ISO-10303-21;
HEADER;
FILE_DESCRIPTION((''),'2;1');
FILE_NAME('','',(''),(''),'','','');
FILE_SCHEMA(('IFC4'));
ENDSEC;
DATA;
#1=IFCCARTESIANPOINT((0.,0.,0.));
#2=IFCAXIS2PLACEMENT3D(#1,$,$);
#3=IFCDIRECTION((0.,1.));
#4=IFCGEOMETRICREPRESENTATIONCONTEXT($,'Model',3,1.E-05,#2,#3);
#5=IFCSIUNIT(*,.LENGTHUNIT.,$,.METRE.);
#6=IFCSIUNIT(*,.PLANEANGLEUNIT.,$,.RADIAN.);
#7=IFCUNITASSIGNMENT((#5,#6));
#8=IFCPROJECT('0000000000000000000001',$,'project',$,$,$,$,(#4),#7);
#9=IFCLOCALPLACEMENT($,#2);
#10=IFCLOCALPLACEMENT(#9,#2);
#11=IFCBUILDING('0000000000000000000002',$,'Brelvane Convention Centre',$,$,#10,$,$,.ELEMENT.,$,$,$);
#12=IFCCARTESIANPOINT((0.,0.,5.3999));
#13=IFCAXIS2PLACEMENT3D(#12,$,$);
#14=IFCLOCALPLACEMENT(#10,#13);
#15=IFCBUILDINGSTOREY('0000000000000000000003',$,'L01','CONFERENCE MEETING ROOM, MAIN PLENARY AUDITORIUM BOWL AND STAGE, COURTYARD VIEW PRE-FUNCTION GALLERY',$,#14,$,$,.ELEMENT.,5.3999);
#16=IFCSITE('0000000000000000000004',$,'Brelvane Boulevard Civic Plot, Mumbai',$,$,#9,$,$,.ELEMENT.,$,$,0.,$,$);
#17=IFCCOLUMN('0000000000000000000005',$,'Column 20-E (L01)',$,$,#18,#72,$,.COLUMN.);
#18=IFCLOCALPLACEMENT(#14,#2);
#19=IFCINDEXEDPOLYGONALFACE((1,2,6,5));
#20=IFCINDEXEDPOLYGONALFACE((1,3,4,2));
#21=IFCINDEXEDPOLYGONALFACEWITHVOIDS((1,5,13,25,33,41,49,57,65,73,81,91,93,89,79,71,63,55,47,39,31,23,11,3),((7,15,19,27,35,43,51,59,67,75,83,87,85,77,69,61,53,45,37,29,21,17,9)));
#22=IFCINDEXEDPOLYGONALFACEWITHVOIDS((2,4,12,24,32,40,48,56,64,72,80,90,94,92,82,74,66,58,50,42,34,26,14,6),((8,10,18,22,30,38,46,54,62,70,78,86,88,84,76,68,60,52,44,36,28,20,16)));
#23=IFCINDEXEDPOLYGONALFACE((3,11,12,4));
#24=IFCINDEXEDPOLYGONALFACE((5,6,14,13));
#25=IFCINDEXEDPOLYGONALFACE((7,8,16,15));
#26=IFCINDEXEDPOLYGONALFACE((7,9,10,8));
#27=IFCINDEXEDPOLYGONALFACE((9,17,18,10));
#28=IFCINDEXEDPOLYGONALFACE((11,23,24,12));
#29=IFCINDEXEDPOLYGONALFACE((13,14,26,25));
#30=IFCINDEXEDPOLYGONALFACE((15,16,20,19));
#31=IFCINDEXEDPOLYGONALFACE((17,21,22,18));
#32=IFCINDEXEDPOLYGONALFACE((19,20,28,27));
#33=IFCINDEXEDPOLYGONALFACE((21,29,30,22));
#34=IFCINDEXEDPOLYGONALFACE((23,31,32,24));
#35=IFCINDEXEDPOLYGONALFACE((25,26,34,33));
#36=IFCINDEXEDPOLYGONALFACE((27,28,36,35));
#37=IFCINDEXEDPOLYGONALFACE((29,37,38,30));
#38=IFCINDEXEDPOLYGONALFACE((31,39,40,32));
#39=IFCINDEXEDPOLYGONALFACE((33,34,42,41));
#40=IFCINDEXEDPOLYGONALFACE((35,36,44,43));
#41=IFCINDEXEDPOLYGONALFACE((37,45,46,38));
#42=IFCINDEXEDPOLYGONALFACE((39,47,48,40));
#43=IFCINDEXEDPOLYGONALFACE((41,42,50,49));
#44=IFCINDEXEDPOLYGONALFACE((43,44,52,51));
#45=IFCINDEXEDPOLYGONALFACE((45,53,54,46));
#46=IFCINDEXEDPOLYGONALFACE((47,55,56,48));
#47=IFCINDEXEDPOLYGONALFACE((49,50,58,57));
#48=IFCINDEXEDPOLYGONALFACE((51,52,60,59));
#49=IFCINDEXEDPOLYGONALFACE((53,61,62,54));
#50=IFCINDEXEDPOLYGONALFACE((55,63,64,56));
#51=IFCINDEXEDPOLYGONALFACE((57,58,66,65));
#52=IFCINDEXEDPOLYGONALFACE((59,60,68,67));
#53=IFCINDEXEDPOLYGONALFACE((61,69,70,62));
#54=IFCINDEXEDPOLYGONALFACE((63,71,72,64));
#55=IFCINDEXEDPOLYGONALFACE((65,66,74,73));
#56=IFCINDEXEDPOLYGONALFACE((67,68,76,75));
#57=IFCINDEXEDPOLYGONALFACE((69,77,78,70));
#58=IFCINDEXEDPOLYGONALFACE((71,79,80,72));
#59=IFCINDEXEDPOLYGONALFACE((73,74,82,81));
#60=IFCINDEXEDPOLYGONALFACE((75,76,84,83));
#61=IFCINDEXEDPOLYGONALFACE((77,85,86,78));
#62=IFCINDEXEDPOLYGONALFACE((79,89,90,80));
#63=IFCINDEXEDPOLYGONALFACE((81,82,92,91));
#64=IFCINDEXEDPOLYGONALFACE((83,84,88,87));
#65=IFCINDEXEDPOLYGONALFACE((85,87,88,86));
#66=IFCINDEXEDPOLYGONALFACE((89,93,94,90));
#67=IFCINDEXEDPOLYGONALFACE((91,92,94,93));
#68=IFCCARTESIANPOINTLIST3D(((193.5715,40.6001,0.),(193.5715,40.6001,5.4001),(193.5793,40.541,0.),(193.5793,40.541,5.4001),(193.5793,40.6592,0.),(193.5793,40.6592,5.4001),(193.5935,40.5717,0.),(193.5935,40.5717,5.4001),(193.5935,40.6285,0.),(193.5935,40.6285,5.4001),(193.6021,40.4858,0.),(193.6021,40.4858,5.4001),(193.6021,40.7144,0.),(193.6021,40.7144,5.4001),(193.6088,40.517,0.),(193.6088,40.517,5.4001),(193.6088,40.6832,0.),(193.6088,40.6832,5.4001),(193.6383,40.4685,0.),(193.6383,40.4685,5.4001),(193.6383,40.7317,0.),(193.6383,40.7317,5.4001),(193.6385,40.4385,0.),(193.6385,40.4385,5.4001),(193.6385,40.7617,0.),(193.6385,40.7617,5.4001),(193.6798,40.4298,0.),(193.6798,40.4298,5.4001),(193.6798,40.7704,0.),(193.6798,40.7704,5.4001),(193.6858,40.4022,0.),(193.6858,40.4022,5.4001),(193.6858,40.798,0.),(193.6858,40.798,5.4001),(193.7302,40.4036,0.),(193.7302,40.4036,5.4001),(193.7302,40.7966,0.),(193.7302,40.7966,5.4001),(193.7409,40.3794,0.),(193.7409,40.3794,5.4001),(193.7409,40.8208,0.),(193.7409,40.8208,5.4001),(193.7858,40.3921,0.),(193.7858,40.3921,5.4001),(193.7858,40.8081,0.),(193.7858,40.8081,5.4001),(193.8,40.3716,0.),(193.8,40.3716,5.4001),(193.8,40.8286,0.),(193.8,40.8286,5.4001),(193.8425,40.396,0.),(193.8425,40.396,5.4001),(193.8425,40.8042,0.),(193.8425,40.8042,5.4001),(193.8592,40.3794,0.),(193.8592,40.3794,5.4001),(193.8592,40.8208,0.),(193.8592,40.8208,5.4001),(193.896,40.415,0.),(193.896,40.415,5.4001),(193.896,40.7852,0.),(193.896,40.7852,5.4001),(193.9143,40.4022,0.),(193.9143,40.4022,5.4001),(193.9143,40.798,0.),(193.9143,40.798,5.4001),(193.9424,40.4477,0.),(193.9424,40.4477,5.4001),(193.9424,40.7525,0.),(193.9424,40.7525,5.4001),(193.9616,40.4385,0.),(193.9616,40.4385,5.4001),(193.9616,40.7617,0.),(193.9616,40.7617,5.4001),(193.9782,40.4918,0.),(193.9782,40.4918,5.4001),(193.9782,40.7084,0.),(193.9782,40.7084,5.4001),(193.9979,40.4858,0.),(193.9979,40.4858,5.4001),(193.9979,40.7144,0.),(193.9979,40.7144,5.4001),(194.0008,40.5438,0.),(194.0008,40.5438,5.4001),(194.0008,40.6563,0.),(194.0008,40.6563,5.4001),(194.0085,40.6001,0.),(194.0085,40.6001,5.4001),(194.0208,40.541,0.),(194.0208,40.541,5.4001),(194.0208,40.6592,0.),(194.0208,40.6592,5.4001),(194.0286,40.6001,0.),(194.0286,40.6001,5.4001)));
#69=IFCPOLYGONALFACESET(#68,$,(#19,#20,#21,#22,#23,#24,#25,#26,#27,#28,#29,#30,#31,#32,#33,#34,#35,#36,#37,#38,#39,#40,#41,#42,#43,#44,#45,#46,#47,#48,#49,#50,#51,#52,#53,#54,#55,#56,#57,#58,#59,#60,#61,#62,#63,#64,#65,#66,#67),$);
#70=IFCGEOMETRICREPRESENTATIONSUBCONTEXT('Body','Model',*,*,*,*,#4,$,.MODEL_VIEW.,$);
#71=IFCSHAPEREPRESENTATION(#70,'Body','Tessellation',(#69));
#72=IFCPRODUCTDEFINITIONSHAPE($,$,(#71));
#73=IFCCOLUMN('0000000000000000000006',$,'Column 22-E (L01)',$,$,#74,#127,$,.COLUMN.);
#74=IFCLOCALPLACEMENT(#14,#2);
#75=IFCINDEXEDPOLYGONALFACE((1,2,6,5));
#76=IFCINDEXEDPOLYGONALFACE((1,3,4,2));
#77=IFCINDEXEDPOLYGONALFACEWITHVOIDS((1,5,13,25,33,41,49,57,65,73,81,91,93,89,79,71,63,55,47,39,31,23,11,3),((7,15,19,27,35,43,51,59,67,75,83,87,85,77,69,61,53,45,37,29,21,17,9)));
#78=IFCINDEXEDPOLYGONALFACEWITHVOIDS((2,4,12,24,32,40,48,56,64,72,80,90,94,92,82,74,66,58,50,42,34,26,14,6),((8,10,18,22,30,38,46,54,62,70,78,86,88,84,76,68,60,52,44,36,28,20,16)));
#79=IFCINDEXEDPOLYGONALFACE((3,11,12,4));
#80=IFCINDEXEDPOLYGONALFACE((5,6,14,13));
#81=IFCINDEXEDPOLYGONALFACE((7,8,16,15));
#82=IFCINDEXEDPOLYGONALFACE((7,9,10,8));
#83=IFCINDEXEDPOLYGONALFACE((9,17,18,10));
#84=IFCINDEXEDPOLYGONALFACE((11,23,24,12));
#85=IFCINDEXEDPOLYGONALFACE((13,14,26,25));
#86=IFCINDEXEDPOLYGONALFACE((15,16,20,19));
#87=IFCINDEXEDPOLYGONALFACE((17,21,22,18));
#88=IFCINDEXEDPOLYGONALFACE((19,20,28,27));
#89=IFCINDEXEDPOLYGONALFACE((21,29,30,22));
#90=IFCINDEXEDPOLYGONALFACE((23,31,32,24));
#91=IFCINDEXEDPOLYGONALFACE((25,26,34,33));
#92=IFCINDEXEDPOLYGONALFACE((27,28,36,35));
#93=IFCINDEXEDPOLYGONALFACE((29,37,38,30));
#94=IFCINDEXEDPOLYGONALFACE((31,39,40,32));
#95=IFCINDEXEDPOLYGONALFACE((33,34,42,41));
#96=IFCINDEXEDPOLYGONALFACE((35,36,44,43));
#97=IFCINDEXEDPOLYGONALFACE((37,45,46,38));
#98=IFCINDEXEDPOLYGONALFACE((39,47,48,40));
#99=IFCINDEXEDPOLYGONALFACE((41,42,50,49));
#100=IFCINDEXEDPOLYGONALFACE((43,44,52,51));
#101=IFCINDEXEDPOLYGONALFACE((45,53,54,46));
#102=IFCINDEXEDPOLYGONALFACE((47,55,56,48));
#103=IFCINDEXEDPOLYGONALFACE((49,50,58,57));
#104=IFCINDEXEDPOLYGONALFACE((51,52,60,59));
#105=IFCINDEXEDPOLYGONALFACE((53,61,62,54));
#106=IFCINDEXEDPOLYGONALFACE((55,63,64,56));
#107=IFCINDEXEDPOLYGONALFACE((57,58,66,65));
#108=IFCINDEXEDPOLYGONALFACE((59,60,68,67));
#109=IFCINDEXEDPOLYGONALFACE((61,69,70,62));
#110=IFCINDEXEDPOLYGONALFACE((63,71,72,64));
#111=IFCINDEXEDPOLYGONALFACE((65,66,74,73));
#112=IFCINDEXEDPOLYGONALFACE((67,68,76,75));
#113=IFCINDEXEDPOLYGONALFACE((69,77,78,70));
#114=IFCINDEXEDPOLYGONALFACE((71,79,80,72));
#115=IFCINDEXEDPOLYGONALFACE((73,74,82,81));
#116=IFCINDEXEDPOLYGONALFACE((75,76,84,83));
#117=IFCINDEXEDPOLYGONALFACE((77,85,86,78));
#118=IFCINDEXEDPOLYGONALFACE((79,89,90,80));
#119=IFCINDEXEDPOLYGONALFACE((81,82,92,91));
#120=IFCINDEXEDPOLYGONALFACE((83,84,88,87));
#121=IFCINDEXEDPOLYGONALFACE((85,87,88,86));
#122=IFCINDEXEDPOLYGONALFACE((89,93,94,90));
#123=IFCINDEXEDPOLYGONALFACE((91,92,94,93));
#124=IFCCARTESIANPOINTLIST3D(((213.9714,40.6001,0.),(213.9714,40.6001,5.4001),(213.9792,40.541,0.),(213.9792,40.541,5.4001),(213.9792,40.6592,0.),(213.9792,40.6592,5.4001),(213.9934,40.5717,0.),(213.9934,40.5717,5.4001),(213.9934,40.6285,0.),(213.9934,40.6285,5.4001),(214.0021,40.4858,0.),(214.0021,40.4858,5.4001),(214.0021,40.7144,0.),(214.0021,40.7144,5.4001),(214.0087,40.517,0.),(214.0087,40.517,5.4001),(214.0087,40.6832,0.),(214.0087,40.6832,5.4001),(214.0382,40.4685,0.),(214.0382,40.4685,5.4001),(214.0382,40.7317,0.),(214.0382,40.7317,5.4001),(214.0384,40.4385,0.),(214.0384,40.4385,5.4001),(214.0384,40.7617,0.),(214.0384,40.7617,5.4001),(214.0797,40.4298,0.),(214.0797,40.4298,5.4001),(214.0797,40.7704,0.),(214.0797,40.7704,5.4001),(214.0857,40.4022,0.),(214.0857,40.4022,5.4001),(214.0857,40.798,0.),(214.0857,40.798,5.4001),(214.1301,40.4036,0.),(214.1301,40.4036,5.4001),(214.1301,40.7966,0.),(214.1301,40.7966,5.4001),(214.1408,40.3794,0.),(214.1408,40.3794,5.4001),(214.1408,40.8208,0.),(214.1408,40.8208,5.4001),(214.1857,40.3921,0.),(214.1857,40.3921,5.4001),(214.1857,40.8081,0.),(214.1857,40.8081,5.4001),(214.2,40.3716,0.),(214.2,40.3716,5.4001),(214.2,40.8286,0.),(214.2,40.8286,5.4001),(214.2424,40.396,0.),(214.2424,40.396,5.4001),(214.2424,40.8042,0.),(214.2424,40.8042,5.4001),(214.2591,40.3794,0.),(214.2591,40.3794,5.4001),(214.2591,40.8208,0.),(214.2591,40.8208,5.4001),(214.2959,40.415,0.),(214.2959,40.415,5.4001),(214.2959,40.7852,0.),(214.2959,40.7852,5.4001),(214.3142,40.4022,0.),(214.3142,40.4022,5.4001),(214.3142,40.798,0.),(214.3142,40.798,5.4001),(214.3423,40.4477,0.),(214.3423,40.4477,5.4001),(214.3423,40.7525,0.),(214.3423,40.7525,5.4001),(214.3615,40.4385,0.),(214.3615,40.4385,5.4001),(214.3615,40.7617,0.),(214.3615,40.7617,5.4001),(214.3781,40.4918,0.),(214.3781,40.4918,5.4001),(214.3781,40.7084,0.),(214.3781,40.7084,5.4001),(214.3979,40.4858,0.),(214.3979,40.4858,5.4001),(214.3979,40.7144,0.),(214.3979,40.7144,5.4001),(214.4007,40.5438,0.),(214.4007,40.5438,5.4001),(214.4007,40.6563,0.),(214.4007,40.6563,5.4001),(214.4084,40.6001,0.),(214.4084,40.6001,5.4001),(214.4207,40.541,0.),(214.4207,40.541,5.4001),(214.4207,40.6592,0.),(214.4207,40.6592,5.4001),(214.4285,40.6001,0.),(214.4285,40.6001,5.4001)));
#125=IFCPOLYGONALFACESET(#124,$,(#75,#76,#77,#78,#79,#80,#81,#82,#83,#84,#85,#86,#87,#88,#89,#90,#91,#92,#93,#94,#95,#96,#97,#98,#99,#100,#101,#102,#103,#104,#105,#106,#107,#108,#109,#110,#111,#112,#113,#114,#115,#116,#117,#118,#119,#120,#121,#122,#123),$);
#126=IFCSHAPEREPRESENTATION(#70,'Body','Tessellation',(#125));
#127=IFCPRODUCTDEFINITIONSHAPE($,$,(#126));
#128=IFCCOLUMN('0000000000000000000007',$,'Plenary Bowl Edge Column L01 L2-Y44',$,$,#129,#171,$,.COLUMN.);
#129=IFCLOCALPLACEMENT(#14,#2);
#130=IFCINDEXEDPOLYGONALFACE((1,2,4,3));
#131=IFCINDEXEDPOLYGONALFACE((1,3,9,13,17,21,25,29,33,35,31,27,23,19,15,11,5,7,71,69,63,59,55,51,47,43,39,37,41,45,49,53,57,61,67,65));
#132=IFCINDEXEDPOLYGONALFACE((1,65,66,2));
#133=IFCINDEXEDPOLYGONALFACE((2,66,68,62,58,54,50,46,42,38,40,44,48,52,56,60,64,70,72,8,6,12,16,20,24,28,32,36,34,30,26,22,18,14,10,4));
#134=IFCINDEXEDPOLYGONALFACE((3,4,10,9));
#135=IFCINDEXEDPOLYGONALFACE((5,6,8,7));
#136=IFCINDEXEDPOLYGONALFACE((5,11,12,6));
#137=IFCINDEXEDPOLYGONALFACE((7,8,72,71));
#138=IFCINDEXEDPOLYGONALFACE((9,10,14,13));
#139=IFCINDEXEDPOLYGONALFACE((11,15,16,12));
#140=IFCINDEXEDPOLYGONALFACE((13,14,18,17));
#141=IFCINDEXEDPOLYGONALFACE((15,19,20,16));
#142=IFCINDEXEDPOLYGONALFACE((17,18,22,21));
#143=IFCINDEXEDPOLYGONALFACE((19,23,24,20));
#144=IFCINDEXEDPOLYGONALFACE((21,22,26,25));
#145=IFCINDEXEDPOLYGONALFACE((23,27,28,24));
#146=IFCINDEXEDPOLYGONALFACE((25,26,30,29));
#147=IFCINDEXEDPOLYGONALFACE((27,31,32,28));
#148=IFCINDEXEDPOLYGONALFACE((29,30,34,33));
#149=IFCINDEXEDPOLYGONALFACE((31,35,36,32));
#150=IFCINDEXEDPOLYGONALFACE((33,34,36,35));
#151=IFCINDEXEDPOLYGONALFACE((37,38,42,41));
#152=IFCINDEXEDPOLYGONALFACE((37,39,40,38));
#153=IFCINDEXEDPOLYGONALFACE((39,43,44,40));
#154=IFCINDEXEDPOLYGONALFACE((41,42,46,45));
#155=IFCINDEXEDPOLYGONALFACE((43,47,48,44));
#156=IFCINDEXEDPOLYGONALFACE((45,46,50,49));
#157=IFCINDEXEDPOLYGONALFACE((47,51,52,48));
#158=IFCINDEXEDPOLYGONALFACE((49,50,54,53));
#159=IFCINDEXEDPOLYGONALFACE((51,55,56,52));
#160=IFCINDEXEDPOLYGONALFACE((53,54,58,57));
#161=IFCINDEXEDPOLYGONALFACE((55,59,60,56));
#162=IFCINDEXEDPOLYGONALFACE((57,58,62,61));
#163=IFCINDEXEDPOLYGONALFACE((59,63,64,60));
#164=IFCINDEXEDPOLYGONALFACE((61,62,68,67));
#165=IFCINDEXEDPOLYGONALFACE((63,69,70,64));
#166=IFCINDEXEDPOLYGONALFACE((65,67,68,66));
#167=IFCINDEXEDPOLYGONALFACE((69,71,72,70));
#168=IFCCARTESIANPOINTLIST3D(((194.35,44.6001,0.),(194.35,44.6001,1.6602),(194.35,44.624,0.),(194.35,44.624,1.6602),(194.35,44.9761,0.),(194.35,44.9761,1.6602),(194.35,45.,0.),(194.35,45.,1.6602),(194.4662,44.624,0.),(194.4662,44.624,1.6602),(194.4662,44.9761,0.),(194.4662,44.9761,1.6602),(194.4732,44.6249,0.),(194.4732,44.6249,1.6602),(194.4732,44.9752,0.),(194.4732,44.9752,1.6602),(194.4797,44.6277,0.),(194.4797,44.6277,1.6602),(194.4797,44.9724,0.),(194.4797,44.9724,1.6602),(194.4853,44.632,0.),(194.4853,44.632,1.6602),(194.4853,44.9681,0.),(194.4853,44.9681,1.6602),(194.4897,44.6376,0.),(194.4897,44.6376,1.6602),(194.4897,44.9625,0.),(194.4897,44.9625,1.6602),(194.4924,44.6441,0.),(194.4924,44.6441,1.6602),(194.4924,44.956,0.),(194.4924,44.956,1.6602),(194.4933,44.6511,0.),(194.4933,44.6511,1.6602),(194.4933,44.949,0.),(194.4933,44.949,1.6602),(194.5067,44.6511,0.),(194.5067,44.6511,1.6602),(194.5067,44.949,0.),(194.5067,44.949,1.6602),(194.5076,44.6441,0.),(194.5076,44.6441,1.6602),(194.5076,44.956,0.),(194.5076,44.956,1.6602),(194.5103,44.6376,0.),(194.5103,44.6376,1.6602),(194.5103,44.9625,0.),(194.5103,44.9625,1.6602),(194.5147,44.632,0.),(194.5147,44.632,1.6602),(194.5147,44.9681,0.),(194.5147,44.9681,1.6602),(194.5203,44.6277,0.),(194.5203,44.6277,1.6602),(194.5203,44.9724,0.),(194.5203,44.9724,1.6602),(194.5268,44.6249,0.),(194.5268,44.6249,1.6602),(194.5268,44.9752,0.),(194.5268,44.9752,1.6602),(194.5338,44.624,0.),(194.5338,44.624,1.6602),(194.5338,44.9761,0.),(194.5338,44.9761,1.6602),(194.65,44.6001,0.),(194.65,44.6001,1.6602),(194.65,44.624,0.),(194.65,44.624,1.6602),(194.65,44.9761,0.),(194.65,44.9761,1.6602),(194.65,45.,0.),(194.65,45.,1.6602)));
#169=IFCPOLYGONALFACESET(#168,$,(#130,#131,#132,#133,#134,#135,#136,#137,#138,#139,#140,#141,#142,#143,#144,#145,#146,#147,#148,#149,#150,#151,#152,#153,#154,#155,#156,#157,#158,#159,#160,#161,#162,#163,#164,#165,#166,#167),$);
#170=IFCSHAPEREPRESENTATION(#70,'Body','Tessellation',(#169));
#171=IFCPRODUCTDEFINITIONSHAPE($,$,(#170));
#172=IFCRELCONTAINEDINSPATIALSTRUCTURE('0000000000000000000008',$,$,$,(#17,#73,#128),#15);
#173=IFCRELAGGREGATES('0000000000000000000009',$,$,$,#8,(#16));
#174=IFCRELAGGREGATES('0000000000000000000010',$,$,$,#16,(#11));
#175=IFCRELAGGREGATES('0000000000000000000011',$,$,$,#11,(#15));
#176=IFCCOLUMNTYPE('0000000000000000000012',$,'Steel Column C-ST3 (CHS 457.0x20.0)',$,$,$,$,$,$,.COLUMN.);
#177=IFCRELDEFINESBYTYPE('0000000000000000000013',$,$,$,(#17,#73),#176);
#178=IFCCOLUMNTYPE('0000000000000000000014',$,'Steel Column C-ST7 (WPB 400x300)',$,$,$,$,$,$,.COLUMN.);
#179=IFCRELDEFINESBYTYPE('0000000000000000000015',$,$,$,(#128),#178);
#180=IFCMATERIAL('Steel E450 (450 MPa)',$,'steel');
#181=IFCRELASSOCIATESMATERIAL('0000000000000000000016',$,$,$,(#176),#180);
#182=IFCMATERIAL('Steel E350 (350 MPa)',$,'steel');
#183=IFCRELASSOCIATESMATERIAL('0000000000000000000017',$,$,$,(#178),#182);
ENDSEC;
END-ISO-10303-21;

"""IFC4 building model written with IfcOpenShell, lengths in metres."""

from ifc_helpers import new_model, si_unit, direction, frame, origin, origin_2d, place, context, subcontext, project, spatial, hollow_circle, i_section, extrude, material, material_profile, profile_set, type_object, element, save


model = new_model("IFC4")

# Units and contexts
model_context = context("Model", 3, precision=1e-05, world=origin(), true_north=direction((0.0, 1.0)))
body_context = subcontext(model_context, "Body", "Model", "MODEL_VIEW")
ifc_project = project(units=[si_unit("LENGTHUNIT", "METRE"), si_unit("PLANEANGLEUNIT", "RADIAN")], contexts=[model_context])

# Site, building, storey
site_placement = place(None, origin())
site = spatial("IfcSite", under=ifc_project, at=site_placement, Name="Brelvane Boulevard Civic Plot, Mumbai", CompositionType="ELEMENT", RefElevation=0.0)
building_placement = place(site_placement, origin())
building = spatial("IfcBuilding", under=site, at=building_placement, Name="Brelvane Convention Centre", CompositionType="ELEMENT")
storey_placement = place(building_placement, frame((0.0, 0.0, 5.3999)))
storey = spatial("IfcBuildingStorey", under=building, at=storey_placement, Name="L01", Description="CONFERENCE MEETING ROOM, MAIN PLENARY AUDITORIUM BOWL AND STAGE, COURTYARD VIEW PRE-FUNCTION GALLERY", CompositionType="ELEMENT", Elevation=5.3999)

# Columns
ifc_material_1 = material(Name="Steel E450 (450 MPa)", Category="steel")
ifc_material_profile_1 = material_profile(ifc_material_1, hollow_circle(Radius=0.2285, WallThickness=0.02, at=origin_2d()), Name="CHS 457.0x20.0")
ifc_profile_set_1 = profile_set([ifc_material_profile_1], Name="Steel E450 (450 MPa)")
column_type_1 = type_object("IfcColumnType", Name="Steel Column C-ST3 (CHS 457.0x20.0)", PredefinedType="COLUMN", material=ifc_profile_set_1)
for number, where, z_axis, x_axis, name in (
    (1, (193.8, 40.6001, 0.0), (0.0, 0.0, 1.0), (1.0, 0.0, 0.0), "Column 20-E (L01)"),
    (2, (214.2, 40.6001, 0.0), (0.0, 0.0, 1.0), (1.0, 0.0, 0.0), "Column 22-E (L01)"),
):
    element("IfcColumn", number, at=place(storey_placement, frame(where, z_axis=z_axis, x_axis=x_axis)), inside=storey, type_object=column_type_1, Name=name, PredefinedType="COLUMN", context=body_context, shape_type="SweptSolid", body=[
        extrude(hollow_circle(Radius=0.2285, WallThickness=0.02, at=origin_2d()), origin(), (0.0, 0.0, 1.0), 5.4001),
    ])
ifc_material_2 = material(Name="Steel E350 (350 MPa)", Category="steel")
ifc_material_profile_2 = material_profile(ifc_material_2, i_section(OverallWidth=0.3, OverallDepth=0.3999, WebThickness=0.0134, FlangeThickness=0.0239, FilletRadius=0.0271, at=origin_2d()), Name="WPB 400x300")
ifc_profile_set_2 = profile_set([ifc_material_profile_2], Name="Steel E350 (350 MPa)")
column_type_2 = type_object("IfcColumnType", Name="Steel Column C-ST7 (WPB 400x300)", PredefinedType="COLUMN", material=ifc_profile_set_2)
column_1_placement = place(storey_placement, frame((194.5, 44.8, 0.0), z_axis=(0.0, 0.0, 1.0), x_axis=(1.0, 0.0, 0.0)))
element("IfcColumn", 3, at=column_1_placement, inside=storey, type_object=column_type_2, Name="Plenary Bowl Edge Column L01 L2-Y44", PredefinedType="COLUMN", context=body_context, shape_type="SweptSolid", body=[
    extrude(i_section(OverallWidth=0.3, OverallDepth=0.3999, WebThickness=0.0134, FlangeThickness=0.0239, FilletRadius=0.0271, at=origin_2d()), origin(), (0.0, 0.0, 1.0), 1.6602),
])

save(model, "model.ifc")
